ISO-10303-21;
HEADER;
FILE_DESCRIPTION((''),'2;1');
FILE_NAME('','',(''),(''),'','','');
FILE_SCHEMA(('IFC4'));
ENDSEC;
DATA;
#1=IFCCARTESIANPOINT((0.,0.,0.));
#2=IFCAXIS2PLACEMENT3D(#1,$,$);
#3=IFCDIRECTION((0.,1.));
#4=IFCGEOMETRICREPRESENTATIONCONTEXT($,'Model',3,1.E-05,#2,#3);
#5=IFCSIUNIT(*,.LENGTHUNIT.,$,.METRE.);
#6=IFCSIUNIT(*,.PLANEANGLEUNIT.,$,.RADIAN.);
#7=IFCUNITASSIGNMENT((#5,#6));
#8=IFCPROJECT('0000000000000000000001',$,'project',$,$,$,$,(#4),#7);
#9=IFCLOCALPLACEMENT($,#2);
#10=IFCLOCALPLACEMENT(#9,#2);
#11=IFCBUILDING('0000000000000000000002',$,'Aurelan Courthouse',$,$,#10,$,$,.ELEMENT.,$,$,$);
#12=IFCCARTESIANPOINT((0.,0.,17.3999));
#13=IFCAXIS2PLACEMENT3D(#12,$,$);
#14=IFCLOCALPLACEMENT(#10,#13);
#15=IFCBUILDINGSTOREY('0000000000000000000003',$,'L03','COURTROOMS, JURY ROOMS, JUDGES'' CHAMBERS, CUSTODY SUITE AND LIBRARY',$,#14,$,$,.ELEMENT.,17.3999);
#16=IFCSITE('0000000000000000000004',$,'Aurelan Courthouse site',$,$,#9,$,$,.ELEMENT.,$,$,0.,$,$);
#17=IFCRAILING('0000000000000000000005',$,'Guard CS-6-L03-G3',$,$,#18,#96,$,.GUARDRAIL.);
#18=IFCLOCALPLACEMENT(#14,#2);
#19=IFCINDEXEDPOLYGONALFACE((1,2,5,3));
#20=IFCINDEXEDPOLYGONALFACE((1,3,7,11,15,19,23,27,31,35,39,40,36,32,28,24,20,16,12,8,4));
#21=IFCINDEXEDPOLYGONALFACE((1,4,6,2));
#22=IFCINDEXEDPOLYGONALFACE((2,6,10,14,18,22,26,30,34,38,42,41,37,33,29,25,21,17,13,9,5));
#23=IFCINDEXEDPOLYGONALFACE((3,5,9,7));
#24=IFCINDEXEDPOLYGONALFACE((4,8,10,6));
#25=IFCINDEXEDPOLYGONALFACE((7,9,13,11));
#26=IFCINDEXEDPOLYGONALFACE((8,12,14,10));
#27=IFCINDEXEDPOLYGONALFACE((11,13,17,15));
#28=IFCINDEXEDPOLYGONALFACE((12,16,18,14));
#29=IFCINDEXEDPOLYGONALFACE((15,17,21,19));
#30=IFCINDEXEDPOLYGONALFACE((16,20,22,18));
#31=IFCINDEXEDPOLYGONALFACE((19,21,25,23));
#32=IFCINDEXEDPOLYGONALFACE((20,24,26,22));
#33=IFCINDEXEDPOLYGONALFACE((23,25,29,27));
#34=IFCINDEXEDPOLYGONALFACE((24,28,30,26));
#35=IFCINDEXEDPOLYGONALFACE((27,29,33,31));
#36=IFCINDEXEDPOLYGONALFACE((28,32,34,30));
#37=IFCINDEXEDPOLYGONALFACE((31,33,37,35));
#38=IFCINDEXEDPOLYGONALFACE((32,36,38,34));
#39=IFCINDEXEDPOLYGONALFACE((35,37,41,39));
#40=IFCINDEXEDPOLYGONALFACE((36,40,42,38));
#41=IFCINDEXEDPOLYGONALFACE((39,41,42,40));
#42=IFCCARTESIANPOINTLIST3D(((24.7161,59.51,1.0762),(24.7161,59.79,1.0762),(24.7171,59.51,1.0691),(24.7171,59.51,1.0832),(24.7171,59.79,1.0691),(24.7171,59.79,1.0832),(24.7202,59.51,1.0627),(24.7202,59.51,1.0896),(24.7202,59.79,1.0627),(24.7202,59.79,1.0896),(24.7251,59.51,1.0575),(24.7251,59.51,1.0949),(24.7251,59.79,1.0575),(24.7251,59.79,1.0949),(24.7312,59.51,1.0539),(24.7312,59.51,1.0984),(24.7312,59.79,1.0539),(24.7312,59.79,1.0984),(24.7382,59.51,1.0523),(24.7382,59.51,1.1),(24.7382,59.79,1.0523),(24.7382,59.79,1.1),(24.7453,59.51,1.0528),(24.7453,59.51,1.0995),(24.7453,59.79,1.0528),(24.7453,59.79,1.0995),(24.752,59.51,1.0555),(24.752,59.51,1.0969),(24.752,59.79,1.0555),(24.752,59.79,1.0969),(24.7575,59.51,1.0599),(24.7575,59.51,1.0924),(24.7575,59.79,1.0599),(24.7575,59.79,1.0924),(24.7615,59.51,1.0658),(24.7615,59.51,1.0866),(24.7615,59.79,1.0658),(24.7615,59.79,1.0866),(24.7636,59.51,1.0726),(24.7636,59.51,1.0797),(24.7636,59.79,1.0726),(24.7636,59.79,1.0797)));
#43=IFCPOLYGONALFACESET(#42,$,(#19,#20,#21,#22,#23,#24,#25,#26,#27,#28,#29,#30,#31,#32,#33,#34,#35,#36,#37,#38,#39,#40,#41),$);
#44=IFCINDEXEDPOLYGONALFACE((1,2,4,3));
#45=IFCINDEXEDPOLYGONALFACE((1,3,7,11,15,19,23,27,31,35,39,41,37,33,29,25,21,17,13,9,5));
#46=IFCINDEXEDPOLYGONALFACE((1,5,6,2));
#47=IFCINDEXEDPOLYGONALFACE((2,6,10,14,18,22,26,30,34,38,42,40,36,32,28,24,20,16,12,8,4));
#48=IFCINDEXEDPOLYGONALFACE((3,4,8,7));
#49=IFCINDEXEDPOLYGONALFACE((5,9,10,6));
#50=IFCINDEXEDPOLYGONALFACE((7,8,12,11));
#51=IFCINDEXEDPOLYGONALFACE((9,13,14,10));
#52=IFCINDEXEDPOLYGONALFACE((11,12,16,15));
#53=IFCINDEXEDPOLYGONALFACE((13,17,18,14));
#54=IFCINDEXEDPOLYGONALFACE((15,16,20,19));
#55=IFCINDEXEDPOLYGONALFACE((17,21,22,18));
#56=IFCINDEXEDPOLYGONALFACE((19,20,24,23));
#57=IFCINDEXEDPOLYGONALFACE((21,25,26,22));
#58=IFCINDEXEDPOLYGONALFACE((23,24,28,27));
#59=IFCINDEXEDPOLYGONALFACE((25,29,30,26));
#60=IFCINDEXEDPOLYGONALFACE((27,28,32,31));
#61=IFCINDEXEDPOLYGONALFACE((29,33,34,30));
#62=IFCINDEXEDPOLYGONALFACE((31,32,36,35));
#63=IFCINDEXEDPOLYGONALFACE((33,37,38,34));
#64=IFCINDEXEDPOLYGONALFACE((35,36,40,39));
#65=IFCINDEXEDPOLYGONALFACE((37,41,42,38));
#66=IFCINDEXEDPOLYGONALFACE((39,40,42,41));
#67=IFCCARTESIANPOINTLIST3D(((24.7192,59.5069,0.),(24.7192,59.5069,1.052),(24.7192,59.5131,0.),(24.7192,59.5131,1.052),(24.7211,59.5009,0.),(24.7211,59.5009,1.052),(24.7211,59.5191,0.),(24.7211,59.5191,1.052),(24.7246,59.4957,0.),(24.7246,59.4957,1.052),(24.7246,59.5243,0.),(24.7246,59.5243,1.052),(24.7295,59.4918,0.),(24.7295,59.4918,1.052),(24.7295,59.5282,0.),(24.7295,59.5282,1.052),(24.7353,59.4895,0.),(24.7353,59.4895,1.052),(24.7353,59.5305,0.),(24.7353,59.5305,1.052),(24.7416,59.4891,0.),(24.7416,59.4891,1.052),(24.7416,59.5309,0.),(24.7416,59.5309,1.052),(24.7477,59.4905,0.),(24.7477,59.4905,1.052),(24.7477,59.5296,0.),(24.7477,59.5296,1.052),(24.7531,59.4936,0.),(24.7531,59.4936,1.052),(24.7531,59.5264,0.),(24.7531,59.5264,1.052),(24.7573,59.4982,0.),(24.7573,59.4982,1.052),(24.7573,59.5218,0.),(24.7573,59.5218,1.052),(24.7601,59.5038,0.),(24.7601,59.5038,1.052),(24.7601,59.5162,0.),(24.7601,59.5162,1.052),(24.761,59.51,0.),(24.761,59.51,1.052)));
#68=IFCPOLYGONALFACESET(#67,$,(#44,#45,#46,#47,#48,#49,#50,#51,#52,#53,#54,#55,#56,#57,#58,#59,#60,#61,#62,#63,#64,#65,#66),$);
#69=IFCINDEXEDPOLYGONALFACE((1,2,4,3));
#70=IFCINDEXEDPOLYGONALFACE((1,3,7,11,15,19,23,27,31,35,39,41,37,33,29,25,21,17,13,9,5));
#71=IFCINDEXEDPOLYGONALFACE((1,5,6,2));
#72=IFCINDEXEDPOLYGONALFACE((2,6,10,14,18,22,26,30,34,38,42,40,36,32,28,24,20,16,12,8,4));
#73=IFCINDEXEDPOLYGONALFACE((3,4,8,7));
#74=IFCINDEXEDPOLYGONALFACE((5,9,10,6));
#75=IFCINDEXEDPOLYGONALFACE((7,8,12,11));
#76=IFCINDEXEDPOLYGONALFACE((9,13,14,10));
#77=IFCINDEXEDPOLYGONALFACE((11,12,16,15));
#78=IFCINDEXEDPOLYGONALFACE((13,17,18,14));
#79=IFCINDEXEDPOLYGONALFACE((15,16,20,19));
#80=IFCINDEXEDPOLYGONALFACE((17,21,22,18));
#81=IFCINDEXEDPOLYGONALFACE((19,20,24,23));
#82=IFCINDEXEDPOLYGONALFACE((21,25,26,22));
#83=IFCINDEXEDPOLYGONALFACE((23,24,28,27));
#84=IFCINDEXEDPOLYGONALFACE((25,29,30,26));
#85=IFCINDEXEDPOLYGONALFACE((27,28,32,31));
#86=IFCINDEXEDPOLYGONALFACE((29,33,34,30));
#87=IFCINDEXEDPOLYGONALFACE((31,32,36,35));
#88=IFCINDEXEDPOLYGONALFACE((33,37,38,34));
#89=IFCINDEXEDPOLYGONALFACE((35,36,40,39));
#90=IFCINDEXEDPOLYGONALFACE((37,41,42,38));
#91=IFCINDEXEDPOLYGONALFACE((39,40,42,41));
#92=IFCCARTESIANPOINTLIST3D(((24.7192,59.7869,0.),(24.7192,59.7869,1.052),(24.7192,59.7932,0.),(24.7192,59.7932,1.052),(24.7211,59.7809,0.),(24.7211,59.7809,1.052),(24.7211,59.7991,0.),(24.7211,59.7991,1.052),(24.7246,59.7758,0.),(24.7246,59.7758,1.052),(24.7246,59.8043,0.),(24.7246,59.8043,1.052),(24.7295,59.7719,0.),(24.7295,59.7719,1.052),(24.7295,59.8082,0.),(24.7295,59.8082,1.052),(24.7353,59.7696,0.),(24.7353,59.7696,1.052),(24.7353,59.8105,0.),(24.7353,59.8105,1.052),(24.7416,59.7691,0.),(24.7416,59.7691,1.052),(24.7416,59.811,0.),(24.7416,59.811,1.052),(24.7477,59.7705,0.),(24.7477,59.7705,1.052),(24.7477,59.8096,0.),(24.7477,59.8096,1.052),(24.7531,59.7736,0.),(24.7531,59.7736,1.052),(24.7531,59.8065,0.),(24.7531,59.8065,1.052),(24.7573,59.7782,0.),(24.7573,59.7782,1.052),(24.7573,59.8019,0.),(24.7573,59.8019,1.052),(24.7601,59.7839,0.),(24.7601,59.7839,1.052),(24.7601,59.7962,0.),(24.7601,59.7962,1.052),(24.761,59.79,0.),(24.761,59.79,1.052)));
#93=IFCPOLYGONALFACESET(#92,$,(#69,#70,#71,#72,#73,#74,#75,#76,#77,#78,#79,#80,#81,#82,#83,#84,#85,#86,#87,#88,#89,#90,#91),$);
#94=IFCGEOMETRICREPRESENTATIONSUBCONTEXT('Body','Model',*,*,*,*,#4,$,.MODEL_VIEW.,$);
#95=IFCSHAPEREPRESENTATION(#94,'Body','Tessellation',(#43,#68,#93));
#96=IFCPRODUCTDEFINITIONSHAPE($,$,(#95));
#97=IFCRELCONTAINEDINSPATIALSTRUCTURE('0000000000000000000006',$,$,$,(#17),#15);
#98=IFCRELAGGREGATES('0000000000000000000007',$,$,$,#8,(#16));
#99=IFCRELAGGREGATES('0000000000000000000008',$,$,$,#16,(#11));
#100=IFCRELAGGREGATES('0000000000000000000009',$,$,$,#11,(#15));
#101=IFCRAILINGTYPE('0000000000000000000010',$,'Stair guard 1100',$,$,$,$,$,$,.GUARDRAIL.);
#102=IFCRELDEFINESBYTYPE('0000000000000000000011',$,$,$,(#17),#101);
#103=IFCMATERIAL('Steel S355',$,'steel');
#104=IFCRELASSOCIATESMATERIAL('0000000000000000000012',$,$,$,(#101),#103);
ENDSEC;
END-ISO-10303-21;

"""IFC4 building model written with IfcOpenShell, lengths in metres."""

from ifc_helpers import new_model, si_unit, direction, frame, origin, origin_2d, place, context, subcontext, project, spatial, circle, extrude, material, type_object, element, save


model = new_model("IFC4")

# Units and contexts
model_context = context("Model", 3, precision=1e-05, world=origin(), true_north=direction((0.0, 1.0)))
body_context = subcontext(model_context, "Body", "Model", "MODEL_VIEW")
ifc_project = project(units=[si_unit("LENGTHUNIT", "METRE"), si_unit("PLANEANGLEUNIT", "RADIAN")], contexts=[model_context])

# Site, building, storey
site_placement = place(None, origin())
site = spatial("IfcSite", under=ifc_project, at=site_placement, Name="Aurelan Courthouse site", CompositionType="ELEMENT", RefElevation=0.0)
building_placement = place(site_placement, origin())
building = spatial("IfcBuilding", under=site, at=building_placement, Name="Aurelan Courthouse", CompositionType="ELEMENT")
storey_placement = place(building_placement, frame((0.0, 0.0, 17.3999)))
storey = spatial("IfcBuildingStorey", under=building, at=storey_placement, Name="L03", Description="COURTROOMS, JURY ROOMS, JUDGES' CHAMBERS, CUSTODY SUITE AND LIBRARY", CompositionType="ELEMENT", Elevation=17.3999)

# Shared definitions
ifc_material_1 = material(Name="Steel S355", Category="steel")

# Railing
railing_type = type_object("IfcRailingType", Name="Stair guard 1100", PredefinedType="GUARDRAIL", material=ifc_material_1)
railing_1_placement = place(storey_placement, frame((24.74, 59.51, 0.0)))
element("IfcRailing", 1, at=railing_1_placement, inside=storey, type_object=railing_type, Name="Guard CS-6-L03-G3", PredefinedType="GUARDRAIL", context=body_context, shape_type="SweptSolid", body=[
    extrude(circle(Radius=0.0239, at=origin_2d()), frame((0.0, 0.0, 1.0762), z_axis=(0.0, 1.0, 0.0), x_axis=(-1.0, 0.0, 0.0)), (0.0, 0.0, 1.0), 0.28),
    extrude(circle(Radius=0.021, at=origin_2d()), origin(), (0.0, 0.0, 1.0), 1.052),
    extrude(circle(Radius=0.021, at=origin_2d()), frame((0.0, 0.28, 0.0)), (0.0, 0.0, 1.0), 1.052),
])

save(model, "model.ifc")
